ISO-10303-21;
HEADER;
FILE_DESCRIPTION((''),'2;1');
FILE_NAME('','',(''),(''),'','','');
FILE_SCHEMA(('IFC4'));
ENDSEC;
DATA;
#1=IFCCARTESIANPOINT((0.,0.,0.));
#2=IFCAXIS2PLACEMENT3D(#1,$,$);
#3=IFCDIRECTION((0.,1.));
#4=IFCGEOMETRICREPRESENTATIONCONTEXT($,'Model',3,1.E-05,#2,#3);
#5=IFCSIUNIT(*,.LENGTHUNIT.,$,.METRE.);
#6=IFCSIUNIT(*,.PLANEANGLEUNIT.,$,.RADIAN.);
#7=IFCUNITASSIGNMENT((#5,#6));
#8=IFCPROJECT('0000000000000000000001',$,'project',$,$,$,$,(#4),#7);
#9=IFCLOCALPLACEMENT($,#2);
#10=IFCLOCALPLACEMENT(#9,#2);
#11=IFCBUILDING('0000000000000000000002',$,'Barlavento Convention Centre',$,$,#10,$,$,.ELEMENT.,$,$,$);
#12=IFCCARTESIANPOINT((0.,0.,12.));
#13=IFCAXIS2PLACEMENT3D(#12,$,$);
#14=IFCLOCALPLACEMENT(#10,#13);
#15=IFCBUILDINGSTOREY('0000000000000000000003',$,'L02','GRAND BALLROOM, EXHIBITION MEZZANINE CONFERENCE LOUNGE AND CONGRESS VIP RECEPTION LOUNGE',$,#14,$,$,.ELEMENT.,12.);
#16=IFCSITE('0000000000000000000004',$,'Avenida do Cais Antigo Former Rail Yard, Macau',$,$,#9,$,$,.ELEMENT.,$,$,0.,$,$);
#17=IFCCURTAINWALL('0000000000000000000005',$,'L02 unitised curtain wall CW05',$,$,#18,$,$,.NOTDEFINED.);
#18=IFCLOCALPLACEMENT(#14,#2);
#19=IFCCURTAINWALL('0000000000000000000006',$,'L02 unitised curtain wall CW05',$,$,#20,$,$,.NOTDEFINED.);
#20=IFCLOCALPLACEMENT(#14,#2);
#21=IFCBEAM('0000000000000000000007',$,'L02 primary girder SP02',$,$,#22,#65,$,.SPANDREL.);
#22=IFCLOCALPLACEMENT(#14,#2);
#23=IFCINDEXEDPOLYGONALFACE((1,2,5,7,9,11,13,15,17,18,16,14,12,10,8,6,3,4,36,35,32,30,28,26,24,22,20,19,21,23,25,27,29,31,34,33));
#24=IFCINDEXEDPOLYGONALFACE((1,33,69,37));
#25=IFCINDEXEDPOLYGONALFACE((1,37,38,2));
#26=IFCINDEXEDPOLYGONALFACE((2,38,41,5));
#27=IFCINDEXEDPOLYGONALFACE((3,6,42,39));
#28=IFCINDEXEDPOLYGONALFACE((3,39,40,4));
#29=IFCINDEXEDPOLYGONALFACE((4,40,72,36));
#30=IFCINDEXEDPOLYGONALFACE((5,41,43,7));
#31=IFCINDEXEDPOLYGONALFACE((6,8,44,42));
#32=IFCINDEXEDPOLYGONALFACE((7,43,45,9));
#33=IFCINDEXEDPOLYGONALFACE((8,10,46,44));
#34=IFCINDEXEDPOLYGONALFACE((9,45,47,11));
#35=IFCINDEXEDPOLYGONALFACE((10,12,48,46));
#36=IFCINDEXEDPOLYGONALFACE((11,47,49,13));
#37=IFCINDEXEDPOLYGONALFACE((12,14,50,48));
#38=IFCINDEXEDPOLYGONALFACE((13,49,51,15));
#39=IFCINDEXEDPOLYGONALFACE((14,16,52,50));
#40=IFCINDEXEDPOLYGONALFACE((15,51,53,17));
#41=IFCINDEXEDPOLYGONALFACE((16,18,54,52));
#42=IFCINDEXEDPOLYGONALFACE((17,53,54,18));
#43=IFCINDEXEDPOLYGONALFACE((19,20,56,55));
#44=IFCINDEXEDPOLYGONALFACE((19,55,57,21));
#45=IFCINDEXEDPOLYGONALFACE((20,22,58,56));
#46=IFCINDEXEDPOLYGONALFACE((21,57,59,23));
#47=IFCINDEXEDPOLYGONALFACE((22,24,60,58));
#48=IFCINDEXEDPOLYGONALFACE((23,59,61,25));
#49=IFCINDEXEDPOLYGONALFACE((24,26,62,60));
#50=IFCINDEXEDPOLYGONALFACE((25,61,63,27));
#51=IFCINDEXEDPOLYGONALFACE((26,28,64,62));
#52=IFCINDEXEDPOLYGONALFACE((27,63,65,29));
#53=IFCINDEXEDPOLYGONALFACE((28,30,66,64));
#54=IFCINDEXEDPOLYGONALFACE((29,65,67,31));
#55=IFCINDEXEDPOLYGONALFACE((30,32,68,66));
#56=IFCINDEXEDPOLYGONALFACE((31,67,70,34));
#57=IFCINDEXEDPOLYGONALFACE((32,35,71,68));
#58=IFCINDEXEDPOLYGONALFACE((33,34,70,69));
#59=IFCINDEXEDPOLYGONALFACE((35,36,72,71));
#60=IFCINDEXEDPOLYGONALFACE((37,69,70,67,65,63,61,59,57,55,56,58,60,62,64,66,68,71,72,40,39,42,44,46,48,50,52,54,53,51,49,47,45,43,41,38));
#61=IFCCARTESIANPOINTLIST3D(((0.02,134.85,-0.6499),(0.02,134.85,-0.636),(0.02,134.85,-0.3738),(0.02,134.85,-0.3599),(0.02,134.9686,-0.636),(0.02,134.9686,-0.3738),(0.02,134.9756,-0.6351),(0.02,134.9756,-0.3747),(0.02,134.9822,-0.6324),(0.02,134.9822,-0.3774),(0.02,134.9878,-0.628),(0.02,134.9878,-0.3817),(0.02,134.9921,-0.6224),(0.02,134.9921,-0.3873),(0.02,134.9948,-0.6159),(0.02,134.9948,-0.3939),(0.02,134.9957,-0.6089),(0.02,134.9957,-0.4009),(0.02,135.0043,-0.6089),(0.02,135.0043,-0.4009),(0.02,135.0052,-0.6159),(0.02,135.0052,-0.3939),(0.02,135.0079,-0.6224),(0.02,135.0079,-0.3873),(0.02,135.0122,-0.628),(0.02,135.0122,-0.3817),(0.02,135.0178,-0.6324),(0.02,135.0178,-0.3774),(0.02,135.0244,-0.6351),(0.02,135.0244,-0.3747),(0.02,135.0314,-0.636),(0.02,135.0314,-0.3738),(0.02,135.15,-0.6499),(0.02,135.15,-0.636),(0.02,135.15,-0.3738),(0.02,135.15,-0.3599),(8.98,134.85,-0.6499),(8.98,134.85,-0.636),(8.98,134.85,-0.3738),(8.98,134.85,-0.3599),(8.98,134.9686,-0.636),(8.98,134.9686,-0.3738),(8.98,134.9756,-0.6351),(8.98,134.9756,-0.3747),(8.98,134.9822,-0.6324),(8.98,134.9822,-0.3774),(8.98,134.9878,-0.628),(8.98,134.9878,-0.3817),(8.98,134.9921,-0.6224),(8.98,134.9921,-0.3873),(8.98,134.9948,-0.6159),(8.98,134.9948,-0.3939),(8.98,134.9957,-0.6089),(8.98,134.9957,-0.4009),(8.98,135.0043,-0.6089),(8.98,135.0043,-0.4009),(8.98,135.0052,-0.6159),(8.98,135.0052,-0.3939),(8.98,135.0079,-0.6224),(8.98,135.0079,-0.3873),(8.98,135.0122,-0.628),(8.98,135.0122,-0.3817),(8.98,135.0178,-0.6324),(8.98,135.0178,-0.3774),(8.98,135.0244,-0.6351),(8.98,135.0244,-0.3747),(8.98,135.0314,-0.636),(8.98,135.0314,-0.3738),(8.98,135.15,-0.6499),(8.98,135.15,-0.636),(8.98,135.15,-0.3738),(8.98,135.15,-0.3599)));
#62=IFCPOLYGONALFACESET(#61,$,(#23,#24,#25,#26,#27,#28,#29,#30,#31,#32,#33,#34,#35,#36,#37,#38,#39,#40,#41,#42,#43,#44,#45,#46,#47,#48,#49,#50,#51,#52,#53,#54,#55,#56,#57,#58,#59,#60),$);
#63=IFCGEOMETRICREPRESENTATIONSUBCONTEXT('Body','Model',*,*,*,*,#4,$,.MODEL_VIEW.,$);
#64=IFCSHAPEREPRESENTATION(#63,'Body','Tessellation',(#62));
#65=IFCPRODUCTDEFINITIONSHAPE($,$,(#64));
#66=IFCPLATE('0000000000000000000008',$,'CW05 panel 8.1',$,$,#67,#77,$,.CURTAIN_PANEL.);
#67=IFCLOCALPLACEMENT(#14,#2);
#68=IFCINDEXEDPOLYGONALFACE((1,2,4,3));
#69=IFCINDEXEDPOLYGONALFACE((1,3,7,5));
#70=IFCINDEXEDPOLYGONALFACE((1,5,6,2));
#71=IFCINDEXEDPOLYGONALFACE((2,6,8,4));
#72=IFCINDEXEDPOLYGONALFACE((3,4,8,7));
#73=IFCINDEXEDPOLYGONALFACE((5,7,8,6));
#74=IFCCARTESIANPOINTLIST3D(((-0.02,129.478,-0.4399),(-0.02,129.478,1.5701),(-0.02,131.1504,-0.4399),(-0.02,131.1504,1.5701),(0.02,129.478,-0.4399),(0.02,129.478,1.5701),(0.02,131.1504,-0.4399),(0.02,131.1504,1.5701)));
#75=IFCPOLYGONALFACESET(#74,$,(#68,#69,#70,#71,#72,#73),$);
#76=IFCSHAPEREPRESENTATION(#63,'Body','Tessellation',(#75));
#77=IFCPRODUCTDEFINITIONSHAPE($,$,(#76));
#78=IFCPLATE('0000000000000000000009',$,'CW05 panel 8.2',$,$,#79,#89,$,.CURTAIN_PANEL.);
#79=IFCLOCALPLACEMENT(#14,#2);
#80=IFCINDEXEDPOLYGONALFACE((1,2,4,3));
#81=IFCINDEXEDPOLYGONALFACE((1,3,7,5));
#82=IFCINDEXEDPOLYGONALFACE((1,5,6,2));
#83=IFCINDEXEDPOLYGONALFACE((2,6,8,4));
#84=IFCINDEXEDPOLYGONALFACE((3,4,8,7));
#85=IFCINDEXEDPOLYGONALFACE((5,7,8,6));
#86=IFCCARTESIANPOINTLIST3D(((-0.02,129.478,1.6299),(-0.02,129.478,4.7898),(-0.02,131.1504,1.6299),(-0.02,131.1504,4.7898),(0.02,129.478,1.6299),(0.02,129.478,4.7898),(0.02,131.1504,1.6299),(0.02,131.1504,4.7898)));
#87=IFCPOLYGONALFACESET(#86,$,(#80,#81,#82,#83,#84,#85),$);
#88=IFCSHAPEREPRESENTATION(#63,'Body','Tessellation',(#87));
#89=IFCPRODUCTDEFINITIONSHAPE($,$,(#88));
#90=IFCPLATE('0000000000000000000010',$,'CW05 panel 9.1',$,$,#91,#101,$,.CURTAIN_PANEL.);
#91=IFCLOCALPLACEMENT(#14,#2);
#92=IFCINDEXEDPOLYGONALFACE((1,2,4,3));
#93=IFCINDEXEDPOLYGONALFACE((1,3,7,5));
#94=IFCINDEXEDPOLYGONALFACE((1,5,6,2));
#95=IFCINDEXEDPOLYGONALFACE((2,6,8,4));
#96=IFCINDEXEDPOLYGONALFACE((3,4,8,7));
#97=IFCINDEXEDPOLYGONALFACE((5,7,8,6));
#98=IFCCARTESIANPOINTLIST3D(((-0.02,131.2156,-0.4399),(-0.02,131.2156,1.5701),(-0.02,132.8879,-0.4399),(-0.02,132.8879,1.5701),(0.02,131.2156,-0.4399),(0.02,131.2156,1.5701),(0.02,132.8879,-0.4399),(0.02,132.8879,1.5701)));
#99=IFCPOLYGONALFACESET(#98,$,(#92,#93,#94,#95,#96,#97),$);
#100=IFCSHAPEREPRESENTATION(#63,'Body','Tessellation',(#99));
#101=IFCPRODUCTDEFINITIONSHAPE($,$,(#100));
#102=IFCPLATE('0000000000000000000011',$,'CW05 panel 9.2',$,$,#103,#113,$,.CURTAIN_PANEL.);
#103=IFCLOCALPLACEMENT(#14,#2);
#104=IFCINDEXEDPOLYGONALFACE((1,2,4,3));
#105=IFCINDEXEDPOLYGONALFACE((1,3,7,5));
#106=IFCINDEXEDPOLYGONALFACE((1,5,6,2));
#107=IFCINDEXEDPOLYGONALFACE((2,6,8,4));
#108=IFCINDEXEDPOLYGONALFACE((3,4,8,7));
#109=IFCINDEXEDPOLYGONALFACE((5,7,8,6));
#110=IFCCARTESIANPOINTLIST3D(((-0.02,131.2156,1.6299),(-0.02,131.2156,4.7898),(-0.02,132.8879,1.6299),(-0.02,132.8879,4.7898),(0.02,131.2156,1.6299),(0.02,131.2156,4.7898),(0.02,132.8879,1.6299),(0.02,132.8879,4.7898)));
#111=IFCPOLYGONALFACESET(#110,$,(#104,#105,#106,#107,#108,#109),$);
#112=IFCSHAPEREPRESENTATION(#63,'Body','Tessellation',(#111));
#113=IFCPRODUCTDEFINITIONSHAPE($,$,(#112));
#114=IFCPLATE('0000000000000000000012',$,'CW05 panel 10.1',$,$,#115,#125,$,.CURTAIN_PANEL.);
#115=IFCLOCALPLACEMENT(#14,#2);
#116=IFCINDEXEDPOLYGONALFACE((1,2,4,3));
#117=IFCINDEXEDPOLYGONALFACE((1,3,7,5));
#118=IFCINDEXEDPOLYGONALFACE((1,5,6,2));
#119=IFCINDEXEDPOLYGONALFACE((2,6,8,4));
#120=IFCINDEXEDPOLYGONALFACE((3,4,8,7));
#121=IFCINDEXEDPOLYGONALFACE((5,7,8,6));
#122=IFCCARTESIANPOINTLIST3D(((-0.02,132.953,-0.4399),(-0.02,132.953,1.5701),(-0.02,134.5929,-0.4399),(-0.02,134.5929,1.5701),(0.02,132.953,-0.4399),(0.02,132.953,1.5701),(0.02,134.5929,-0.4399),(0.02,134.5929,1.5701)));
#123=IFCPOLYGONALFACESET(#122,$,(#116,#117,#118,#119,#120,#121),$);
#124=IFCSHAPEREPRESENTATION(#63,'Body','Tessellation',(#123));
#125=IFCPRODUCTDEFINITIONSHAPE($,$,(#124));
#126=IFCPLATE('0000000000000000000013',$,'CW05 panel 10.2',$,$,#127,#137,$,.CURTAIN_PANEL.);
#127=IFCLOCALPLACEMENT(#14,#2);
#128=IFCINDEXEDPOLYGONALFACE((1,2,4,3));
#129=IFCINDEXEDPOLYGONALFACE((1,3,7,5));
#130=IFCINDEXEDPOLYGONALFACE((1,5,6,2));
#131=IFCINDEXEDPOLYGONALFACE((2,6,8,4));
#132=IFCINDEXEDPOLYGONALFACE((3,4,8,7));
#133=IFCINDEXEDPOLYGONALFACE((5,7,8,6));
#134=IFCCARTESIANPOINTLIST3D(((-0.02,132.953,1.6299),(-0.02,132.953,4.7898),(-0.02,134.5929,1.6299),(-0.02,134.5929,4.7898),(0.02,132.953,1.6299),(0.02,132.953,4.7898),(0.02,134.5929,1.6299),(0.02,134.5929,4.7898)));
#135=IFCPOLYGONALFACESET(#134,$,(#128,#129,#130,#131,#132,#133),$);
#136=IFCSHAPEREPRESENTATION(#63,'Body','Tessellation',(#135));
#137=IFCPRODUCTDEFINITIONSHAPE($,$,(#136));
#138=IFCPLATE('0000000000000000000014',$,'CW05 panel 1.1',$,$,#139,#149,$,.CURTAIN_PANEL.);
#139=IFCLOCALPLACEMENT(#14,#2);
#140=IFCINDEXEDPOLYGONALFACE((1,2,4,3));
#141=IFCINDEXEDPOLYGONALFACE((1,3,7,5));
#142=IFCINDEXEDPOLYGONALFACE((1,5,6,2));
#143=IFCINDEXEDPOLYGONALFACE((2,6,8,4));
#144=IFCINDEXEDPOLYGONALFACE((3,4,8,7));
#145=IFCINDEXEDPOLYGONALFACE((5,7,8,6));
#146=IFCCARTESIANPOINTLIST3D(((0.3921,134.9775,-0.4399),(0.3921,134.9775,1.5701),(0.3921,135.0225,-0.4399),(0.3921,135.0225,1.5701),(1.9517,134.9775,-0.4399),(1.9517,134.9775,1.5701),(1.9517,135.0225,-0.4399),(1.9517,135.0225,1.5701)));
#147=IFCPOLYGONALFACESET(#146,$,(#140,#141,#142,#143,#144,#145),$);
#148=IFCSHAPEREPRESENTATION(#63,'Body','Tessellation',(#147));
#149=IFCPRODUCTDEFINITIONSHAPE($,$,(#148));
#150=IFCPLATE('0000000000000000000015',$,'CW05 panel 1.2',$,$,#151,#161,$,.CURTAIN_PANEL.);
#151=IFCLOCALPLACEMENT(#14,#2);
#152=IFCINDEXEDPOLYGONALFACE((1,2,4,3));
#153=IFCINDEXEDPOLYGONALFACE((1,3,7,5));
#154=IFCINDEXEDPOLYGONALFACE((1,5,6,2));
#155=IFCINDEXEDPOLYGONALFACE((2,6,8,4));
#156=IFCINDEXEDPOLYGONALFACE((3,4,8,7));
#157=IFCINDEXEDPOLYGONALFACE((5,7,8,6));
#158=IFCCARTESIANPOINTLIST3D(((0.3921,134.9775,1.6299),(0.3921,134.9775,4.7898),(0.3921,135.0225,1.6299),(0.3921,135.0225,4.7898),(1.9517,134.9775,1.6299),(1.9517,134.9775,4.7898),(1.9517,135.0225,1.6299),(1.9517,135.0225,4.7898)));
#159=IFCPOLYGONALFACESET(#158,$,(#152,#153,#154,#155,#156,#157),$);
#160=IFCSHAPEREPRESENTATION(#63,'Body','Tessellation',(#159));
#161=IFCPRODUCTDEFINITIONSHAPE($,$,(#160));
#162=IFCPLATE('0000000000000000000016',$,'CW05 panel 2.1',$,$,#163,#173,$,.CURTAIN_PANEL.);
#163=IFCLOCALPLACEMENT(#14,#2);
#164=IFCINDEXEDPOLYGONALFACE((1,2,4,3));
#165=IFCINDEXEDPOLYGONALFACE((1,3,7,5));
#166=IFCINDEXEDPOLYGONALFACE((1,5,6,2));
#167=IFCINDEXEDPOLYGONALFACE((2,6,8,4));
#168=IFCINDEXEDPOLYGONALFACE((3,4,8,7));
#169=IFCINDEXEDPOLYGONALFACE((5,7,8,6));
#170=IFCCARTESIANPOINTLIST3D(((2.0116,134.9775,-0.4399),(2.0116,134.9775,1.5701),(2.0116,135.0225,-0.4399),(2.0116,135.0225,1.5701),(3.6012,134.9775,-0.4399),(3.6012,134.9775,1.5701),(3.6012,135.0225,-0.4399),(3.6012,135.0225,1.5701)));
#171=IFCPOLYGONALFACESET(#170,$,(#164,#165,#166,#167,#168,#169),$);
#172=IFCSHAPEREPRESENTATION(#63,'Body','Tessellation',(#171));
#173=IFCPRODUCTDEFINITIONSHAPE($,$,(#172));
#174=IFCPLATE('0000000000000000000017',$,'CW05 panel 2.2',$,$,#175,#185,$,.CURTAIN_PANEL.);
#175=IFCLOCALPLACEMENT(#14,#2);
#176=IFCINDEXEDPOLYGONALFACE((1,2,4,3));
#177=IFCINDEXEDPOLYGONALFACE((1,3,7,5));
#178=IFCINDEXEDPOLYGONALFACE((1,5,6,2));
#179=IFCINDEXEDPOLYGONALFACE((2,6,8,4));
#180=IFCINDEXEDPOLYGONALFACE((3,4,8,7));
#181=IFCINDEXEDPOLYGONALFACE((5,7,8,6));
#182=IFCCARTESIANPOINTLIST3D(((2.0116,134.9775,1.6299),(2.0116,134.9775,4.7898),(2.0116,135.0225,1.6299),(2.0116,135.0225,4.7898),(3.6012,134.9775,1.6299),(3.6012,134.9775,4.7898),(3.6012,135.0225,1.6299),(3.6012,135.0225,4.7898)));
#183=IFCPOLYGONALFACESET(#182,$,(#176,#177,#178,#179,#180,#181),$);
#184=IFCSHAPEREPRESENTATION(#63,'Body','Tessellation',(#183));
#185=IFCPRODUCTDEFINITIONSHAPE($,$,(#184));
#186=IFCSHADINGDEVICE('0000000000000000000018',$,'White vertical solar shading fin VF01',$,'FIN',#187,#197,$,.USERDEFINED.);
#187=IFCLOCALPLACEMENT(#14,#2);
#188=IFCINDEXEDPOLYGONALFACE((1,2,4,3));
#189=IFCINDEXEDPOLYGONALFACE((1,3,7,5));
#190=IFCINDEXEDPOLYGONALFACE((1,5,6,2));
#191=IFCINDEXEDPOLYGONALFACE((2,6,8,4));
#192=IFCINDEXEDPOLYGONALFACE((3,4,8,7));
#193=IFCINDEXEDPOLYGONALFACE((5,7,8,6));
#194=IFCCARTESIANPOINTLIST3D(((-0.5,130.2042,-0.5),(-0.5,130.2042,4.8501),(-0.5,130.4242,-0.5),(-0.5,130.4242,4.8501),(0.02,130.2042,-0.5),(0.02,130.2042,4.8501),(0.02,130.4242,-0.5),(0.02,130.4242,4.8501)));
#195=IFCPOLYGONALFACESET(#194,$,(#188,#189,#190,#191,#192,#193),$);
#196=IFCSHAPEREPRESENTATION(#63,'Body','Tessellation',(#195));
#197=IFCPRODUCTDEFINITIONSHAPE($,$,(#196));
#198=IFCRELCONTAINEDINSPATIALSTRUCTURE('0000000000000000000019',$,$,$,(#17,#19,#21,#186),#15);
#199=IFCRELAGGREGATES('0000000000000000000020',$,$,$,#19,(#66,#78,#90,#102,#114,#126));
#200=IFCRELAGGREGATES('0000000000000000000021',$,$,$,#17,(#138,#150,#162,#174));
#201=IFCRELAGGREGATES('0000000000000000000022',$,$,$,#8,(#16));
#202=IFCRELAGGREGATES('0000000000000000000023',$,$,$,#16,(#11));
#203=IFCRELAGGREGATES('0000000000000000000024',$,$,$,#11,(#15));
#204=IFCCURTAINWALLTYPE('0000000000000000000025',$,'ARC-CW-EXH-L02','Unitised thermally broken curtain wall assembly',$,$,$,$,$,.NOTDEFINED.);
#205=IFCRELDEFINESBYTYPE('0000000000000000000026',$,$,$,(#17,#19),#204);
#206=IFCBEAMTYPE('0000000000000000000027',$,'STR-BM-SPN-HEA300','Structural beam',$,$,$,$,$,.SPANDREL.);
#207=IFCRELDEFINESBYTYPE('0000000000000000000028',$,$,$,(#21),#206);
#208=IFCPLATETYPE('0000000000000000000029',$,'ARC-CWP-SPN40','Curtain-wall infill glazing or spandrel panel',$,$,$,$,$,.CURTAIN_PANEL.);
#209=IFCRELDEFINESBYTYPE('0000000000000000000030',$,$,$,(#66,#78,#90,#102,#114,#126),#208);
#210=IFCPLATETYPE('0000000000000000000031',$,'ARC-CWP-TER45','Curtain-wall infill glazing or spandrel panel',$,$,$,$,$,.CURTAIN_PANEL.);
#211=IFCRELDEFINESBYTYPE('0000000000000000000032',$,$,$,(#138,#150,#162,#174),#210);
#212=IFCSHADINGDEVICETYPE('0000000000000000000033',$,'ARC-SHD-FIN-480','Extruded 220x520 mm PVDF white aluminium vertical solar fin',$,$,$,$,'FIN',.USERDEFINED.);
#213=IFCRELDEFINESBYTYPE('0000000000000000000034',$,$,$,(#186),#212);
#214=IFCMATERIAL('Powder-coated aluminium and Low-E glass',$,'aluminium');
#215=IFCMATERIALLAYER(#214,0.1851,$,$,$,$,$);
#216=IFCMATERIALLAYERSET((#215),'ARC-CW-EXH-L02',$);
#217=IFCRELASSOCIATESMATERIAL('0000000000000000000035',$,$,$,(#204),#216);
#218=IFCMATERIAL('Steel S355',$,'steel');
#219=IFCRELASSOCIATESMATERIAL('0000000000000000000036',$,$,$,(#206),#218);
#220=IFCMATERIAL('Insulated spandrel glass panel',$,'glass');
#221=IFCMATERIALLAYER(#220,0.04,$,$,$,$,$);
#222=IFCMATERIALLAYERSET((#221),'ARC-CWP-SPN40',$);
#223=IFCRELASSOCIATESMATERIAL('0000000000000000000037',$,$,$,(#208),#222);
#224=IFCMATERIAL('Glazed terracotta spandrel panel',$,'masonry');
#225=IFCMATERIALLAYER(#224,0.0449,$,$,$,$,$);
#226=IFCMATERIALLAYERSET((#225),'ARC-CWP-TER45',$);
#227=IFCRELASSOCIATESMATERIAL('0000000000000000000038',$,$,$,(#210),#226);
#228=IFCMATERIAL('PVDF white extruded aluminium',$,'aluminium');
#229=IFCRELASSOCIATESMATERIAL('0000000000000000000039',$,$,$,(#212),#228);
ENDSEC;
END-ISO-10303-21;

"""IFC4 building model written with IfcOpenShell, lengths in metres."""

from ifc_helpers import new_model, si_unit, direction, frame, origin, origin_2d, place, context, subcontext, project, spatial, rectangle, i_section, extrude, material, layer, layer_set, material_profile, profile_set, type_object, element, aggregate, save


model = new_model("IFC4")

# Units and contexts
model_context = context("Model", 3, precision=1e-05, world=origin(), true_north=direction((0.0, 1.0)))
body_context = subcontext(model_context, "Body", "Model", "MODEL_VIEW")
ifc_project = project(units=[si_unit("LENGTHUNIT", "METRE"), si_unit("PLANEANGLEUNIT", "RADIAN")], contexts=[model_context])

# Site, building, storey
site_placement = place(None, origin())
site = spatial("IfcSite", under=ifc_project, at=site_placement, Name="Avenida do Cais Antigo Former Rail Yard, Macau", CompositionType="ELEMENT", RefElevation=0.0)
building_placement = place(site_placement, origin())
building = spatial("IfcBuilding", under=site, at=building_placement, Name="Barlavento Convention Centre", CompositionType="ELEMENT")
storey_placement = place(building_placement, frame((0.0, 0.0, 12.0)))
storey = spatial("IfcBuildingStorey", under=building, at=storey_placement, Name="L02", Description="GRAND BALLROOM, EXHIBITION MEZZANINE CONFERENCE LOUNGE AND CONGRESS VIP RECEPTION LOUNGE", CompositionType="ELEMENT", Elevation=12.0)

# Shared definitions
ifc_material_1 = material(Name="Steel S355", Category="steel")

# Curtain walls
ifc_material_2 = material(Name="Powder-coated aluminium and Low-E glass", Category="aluminium")
ifc_layer_1 = layer(ifc_material_2, 0.1851)
ifc_layer_set_1 = layer_set([ifc_layer_1], Name="ARC-CW-EXH-L02")
curtain_wall_type = type_object("IfcCurtainWallType", Name="ARC-CW-EXH-L02", Description="Unitised thermally broken curtain wall assembly", PredefinedType="NOTDEFINED", material=ifc_layer_set_1)
curtain_wall_1_placement = place(storey_placement, origin())
curtain_wall_1 = element("IfcCurtainWall", 1, at=curtain_wall_1_placement, inside=storey, type_object=curtain_wall_type, Name="L02 unitised curtain wall CW05", PredefinedType="NOTDEFINED")
curtain_wall_2_placement = place(storey_placement, origin())
curtain_wall_2 = element("IfcCurtainWall", 2, at=curtain_wall_2_placement, inside=storey, type_object=curtain_wall_type, Name="L02 unitised curtain wall CW05", PredefinedType="NOTDEFINED")

# Beam
ifc_material_profile_1 = material_profile(ifc_material_1, i_section(OverallWidth=0.3, OverallDepth=0.29, WebThickness=0.0085, FlangeThickness=0.0139, FilletRadius=0.0271, at=origin_2d()), Name="HEA 300")
ifc_profile_set_1 = profile_set([ifc_material_profile_1], Name="Steel S355")
beam_type = type_object("IfcBeamType", Name="STR-BM-SPN-HEA300", Description="Structural beam", PredefinedType="SPANDREL", material=ifc_profile_set_1)
beam_placement = place(storey_placement, frame((0.02, 135.0, -0.5049), z_axis=(1.0, 0.0, 0.0), x_axis=(0.0, 1.0, 0.0)))
element("IfcBeam", 3, at=beam_placement, inside=storey, type_object=beam_type, Name="L02 primary girder SP02", PredefinedType="SPANDREL", context=body_context, shape_type="SweptSolid", body=[
    extrude(i_section(OverallWidth=0.3, OverallDepth=0.29, WebThickness=0.0085, FlangeThickness=0.0139, FilletRadius=0.0271, at=origin_2d()), origin(), (0.0, 0.0, 1.0), 8.96),
])

# Plates
ifc_material_3 = material(Name="Insulated spandrel glass panel", Category="glass")
ifc_layer_2 = layer(ifc_material_3, 0.04)
ifc_layer_set_2 = layer_set([ifc_layer_2], Name="ARC-CWP-SPN40")
plate_type_1 = type_object("IfcPlateType", Name="ARC-CWP-SPN40", Description="Curtain-wall infill glazing or spandrel panel", PredefinedType="CURTAIN_PANEL", material=ifc_layer_set_2)
plate_1_placement = place(storey_placement, frame((0.0, 130.3142, -0.4399), z_axis=(0.0, 0.0, 1.0), x_axis=(0.0, 1.0, 0.0)))
plate_1 = element("IfcPlate", 4, at=plate_1_placement, type_object=plate_type_1, Name="CW05 panel 8.1", PredefinedType="CURTAIN_PANEL", context=body_context, shape_type="SweptSolid", body=[
    extrude(rectangle(XDim=1.6724, YDim=0.04, at=origin_2d()), origin(), (0.0, 0.0, 1.0), 2.01),
])
plate_2_placement = place(storey_placement, frame((0.0, 130.3142, 1.6299), z_axis=(0.0, 0.0, 1.0), x_axis=(0.0, 1.0, 0.0)))
plate_2 = element("IfcPlate", 5, at=plate_2_placement, type_object=plate_type_1, Name="CW05 panel 8.2", PredefinedType="CURTAIN_PANEL", context=body_context, shape_type="SweptSolid", body=[
    extrude(rectangle(XDim=1.6724, YDim=0.04, at=origin_2d()), origin(), (0.0, 0.0, 1.0), 3.1599),
])
plate_3_placement = place(storey_placement, frame((0.0, 132.0518, -0.4399), z_axis=(0.0, 0.0, 1.0), x_axis=(0.0, 1.0, 0.0)))
plate_3 = element("IfcPlate", 6, at=plate_3_placement, type_object=plate_type_1, Name="CW05 panel 9.1", PredefinedType="CURTAIN_PANEL", context=body_context, shape_type="SweptSolid", body=[
    extrude(rectangle(XDim=1.6724, YDim=0.04, at=origin_2d()), origin(), (0.0, 0.0, 1.0), 2.01),
])
plate_4_placement = place(storey_placement, frame((0.0, 132.0518, 1.6299), z_axis=(0.0, 0.0, 1.0), x_axis=(0.0, 1.0, 0.0)))
plate_4 = element("IfcPlate", 7, at=plate_4_placement, type_object=plate_type_1, Name="CW05 panel 9.2", PredefinedType="CURTAIN_PANEL", context=body_context, shape_type="SweptSolid", body=[
    extrude(rectangle(XDim=1.6724, YDim=0.04, at=origin_2d()), origin(), (0.0, 0.0, 1.0), 3.1599),
])
plate_5_placement = place(storey_placement, frame((0.0, 133.7729, -0.4399), z_axis=(0.0, 0.0, 1.0), x_axis=(0.0, 1.0, 0.0)))
plate_5 = element("IfcPlate", 8, at=plate_5_placement, type_object=plate_type_1, Name="CW05 panel 10.1", PredefinedType="CURTAIN_PANEL", context=body_context, shape_type="SweptSolid", body=[
    extrude(rectangle(XDim=1.6399, YDim=0.04, at=origin_2d()), origin(), (0.0, 0.0, 1.0), 2.01),
])
plate_6_placement = place(storey_placement, frame((0.0, 133.7729, 1.6299), z_axis=(0.0, 0.0, 1.0), x_axis=(0.0, 1.0, 0.0)))
plate_6 = element("IfcPlate", 9, at=plate_6_placement, type_object=plate_type_1, Name="CW05 panel 10.2", PredefinedType="CURTAIN_PANEL", context=body_context, shape_type="SweptSolid", body=[
    extrude(rectangle(XDim=1.6399, YDim=0.04, at=origin_2d()), origin(), (0.0, 0.0, 1.0), 3.1599),
])
aggregate(curtain_wall_2, [plate_1, plate_2, plate_3, plate_4, plate_5, plate_6])
ifc_material_4 = material(Name="Glazed terracotta spandrel panel", Category="masonry")
ifc_layer_3 = layer(ifc_material_4, 0.0449)
ifc_layer_set_3 = layer_set([ifc_layer_3], Name="ARC-CWP-TER45")
plate_type_2 = type_object("IfcPlateType", Name="ARC-CWP-TER45", Description="Curtain-wall infill glazing or spandrel panel", PredefinedType="CURTAIN_PANEL", material=ifc_layer_set_3)
plate_7_placement = place(storey_placement, frame((1.1719, 135.0, -0.4399), z_axis=(0.0, 0.0, 1.0), x_axis=(1.0, 0.0, 0.0)))
plate_7 = element("IfcPlate", 10, at=plate_7_placement, type_object=plate_type_2, Name="CW05 panel 1.1", PredefinedType="CURTAIN_PANEL", context=body_context, shape_type="SweptSolid", body=[
    extrude(rectangle(XDim=1.5596, YDim=0.0449, at=origin_2d()), origin(), (0.0, 0.0, 1.0), 2.01),
])
plate_8_placement = place(storey_placement, frame((1.1719, 135.0, 1.6299), z_axis=(0.0, 0.0, 1.0), x_axis=(1.0, 0.0, 0.0)))
plate_8 = element("IfcPlate", 11, at=plate_8_placement, type_object=plate_type_2, Name="CW05 panel 1.2", PredefinedType="CURTAIN_PANEL", context=body_context, shape_type="SweptSolid", body=[
    extrude(rectangle(XDim=1.5596, YDim=0.0449, at=origin_2d()), origin(), (0.0, 0.0, 1.0), 3.1599),
])
plate_9_placement = place(storey_placement, frame((2.8064, 135.0, -0.4399), z_axis=(0.0, 0.0, 1.0), x_axis=(1.0, 0.0, 0.0)))
plate_9 = element("IfcPlate", 12, at=plate_9_placement, type_object=plate_type_2, Name="CW05 panel 2.1", PredefinedType="CURTAIN_PANEL", context=body_context, shape_type="SweptSolid", body=[
    extrude(rectangle(XDim=1.5896, YDim=0.0449, at=origin_2d()), origin(), (0.0, 0.0, 1.0), 2.01),
])
plate_10_placement = place(storey_placement, frame((2.8064, 135.0, 1.6299), z_axis=(0.0, 0.0, 1.0), x_axis=(1.0, 0.0, 0.0)))
plate_10 = element("IfcPlate", 13, at=plate_10_placement, type_object=plate_type_2, Name="CW05 panel 2.2", PredefinedType="CURTAIN_PANEL", context=body_context, shape_type="SweptSolid", body=[
    extrude(rectangle(XDim=1.5896, YDim=0.0449, at=origin_2d()), origin(), (0.0, 0.0, 1.0), 3.1599),
])
aggregate(curtain_wall_1, [plate_7, plate_8, plate_9, plate_10])

# Shading device
ifc_material_5 = material(Name="PVDF white extruded aluminium", Category="aluminium")
shading_device_type = type_object("IfcShadingDeviceType", Name="ARC-SHD-FIN-480", Description="Extruded 220x520 mm PVDF white aluminium vertical solar fin", ElementType="FIN", PredefinedType="USERDEFINED", material=ifc_material_5)
for number, where, z_axis, x_axis, name in (
    (14, (-0.24, 130.3142, -0.5), (0.0, 0.0, 1.0), (0.0, 1.0, 0.0), "White vertical solar shading fin VF01"),
):
    element("IfcShadingDevice", number, at=place(storey_placement, frame(where, z_axis=z_axis, x_axis=x_axis)), inside=storey, type_object=shading_device_type, Name=name, ObjectType="FIN", PredefinedType="USERDEFINED", context=body_context, shape_type="SweptSolid", body=[
        extrude(rectangle(XDim=0.22, YDim=0.52, at=origin_2d()), origin(), (0.0, 0.0, 1.0), 5.3501),
    ])

save(model, "model.ifc")
